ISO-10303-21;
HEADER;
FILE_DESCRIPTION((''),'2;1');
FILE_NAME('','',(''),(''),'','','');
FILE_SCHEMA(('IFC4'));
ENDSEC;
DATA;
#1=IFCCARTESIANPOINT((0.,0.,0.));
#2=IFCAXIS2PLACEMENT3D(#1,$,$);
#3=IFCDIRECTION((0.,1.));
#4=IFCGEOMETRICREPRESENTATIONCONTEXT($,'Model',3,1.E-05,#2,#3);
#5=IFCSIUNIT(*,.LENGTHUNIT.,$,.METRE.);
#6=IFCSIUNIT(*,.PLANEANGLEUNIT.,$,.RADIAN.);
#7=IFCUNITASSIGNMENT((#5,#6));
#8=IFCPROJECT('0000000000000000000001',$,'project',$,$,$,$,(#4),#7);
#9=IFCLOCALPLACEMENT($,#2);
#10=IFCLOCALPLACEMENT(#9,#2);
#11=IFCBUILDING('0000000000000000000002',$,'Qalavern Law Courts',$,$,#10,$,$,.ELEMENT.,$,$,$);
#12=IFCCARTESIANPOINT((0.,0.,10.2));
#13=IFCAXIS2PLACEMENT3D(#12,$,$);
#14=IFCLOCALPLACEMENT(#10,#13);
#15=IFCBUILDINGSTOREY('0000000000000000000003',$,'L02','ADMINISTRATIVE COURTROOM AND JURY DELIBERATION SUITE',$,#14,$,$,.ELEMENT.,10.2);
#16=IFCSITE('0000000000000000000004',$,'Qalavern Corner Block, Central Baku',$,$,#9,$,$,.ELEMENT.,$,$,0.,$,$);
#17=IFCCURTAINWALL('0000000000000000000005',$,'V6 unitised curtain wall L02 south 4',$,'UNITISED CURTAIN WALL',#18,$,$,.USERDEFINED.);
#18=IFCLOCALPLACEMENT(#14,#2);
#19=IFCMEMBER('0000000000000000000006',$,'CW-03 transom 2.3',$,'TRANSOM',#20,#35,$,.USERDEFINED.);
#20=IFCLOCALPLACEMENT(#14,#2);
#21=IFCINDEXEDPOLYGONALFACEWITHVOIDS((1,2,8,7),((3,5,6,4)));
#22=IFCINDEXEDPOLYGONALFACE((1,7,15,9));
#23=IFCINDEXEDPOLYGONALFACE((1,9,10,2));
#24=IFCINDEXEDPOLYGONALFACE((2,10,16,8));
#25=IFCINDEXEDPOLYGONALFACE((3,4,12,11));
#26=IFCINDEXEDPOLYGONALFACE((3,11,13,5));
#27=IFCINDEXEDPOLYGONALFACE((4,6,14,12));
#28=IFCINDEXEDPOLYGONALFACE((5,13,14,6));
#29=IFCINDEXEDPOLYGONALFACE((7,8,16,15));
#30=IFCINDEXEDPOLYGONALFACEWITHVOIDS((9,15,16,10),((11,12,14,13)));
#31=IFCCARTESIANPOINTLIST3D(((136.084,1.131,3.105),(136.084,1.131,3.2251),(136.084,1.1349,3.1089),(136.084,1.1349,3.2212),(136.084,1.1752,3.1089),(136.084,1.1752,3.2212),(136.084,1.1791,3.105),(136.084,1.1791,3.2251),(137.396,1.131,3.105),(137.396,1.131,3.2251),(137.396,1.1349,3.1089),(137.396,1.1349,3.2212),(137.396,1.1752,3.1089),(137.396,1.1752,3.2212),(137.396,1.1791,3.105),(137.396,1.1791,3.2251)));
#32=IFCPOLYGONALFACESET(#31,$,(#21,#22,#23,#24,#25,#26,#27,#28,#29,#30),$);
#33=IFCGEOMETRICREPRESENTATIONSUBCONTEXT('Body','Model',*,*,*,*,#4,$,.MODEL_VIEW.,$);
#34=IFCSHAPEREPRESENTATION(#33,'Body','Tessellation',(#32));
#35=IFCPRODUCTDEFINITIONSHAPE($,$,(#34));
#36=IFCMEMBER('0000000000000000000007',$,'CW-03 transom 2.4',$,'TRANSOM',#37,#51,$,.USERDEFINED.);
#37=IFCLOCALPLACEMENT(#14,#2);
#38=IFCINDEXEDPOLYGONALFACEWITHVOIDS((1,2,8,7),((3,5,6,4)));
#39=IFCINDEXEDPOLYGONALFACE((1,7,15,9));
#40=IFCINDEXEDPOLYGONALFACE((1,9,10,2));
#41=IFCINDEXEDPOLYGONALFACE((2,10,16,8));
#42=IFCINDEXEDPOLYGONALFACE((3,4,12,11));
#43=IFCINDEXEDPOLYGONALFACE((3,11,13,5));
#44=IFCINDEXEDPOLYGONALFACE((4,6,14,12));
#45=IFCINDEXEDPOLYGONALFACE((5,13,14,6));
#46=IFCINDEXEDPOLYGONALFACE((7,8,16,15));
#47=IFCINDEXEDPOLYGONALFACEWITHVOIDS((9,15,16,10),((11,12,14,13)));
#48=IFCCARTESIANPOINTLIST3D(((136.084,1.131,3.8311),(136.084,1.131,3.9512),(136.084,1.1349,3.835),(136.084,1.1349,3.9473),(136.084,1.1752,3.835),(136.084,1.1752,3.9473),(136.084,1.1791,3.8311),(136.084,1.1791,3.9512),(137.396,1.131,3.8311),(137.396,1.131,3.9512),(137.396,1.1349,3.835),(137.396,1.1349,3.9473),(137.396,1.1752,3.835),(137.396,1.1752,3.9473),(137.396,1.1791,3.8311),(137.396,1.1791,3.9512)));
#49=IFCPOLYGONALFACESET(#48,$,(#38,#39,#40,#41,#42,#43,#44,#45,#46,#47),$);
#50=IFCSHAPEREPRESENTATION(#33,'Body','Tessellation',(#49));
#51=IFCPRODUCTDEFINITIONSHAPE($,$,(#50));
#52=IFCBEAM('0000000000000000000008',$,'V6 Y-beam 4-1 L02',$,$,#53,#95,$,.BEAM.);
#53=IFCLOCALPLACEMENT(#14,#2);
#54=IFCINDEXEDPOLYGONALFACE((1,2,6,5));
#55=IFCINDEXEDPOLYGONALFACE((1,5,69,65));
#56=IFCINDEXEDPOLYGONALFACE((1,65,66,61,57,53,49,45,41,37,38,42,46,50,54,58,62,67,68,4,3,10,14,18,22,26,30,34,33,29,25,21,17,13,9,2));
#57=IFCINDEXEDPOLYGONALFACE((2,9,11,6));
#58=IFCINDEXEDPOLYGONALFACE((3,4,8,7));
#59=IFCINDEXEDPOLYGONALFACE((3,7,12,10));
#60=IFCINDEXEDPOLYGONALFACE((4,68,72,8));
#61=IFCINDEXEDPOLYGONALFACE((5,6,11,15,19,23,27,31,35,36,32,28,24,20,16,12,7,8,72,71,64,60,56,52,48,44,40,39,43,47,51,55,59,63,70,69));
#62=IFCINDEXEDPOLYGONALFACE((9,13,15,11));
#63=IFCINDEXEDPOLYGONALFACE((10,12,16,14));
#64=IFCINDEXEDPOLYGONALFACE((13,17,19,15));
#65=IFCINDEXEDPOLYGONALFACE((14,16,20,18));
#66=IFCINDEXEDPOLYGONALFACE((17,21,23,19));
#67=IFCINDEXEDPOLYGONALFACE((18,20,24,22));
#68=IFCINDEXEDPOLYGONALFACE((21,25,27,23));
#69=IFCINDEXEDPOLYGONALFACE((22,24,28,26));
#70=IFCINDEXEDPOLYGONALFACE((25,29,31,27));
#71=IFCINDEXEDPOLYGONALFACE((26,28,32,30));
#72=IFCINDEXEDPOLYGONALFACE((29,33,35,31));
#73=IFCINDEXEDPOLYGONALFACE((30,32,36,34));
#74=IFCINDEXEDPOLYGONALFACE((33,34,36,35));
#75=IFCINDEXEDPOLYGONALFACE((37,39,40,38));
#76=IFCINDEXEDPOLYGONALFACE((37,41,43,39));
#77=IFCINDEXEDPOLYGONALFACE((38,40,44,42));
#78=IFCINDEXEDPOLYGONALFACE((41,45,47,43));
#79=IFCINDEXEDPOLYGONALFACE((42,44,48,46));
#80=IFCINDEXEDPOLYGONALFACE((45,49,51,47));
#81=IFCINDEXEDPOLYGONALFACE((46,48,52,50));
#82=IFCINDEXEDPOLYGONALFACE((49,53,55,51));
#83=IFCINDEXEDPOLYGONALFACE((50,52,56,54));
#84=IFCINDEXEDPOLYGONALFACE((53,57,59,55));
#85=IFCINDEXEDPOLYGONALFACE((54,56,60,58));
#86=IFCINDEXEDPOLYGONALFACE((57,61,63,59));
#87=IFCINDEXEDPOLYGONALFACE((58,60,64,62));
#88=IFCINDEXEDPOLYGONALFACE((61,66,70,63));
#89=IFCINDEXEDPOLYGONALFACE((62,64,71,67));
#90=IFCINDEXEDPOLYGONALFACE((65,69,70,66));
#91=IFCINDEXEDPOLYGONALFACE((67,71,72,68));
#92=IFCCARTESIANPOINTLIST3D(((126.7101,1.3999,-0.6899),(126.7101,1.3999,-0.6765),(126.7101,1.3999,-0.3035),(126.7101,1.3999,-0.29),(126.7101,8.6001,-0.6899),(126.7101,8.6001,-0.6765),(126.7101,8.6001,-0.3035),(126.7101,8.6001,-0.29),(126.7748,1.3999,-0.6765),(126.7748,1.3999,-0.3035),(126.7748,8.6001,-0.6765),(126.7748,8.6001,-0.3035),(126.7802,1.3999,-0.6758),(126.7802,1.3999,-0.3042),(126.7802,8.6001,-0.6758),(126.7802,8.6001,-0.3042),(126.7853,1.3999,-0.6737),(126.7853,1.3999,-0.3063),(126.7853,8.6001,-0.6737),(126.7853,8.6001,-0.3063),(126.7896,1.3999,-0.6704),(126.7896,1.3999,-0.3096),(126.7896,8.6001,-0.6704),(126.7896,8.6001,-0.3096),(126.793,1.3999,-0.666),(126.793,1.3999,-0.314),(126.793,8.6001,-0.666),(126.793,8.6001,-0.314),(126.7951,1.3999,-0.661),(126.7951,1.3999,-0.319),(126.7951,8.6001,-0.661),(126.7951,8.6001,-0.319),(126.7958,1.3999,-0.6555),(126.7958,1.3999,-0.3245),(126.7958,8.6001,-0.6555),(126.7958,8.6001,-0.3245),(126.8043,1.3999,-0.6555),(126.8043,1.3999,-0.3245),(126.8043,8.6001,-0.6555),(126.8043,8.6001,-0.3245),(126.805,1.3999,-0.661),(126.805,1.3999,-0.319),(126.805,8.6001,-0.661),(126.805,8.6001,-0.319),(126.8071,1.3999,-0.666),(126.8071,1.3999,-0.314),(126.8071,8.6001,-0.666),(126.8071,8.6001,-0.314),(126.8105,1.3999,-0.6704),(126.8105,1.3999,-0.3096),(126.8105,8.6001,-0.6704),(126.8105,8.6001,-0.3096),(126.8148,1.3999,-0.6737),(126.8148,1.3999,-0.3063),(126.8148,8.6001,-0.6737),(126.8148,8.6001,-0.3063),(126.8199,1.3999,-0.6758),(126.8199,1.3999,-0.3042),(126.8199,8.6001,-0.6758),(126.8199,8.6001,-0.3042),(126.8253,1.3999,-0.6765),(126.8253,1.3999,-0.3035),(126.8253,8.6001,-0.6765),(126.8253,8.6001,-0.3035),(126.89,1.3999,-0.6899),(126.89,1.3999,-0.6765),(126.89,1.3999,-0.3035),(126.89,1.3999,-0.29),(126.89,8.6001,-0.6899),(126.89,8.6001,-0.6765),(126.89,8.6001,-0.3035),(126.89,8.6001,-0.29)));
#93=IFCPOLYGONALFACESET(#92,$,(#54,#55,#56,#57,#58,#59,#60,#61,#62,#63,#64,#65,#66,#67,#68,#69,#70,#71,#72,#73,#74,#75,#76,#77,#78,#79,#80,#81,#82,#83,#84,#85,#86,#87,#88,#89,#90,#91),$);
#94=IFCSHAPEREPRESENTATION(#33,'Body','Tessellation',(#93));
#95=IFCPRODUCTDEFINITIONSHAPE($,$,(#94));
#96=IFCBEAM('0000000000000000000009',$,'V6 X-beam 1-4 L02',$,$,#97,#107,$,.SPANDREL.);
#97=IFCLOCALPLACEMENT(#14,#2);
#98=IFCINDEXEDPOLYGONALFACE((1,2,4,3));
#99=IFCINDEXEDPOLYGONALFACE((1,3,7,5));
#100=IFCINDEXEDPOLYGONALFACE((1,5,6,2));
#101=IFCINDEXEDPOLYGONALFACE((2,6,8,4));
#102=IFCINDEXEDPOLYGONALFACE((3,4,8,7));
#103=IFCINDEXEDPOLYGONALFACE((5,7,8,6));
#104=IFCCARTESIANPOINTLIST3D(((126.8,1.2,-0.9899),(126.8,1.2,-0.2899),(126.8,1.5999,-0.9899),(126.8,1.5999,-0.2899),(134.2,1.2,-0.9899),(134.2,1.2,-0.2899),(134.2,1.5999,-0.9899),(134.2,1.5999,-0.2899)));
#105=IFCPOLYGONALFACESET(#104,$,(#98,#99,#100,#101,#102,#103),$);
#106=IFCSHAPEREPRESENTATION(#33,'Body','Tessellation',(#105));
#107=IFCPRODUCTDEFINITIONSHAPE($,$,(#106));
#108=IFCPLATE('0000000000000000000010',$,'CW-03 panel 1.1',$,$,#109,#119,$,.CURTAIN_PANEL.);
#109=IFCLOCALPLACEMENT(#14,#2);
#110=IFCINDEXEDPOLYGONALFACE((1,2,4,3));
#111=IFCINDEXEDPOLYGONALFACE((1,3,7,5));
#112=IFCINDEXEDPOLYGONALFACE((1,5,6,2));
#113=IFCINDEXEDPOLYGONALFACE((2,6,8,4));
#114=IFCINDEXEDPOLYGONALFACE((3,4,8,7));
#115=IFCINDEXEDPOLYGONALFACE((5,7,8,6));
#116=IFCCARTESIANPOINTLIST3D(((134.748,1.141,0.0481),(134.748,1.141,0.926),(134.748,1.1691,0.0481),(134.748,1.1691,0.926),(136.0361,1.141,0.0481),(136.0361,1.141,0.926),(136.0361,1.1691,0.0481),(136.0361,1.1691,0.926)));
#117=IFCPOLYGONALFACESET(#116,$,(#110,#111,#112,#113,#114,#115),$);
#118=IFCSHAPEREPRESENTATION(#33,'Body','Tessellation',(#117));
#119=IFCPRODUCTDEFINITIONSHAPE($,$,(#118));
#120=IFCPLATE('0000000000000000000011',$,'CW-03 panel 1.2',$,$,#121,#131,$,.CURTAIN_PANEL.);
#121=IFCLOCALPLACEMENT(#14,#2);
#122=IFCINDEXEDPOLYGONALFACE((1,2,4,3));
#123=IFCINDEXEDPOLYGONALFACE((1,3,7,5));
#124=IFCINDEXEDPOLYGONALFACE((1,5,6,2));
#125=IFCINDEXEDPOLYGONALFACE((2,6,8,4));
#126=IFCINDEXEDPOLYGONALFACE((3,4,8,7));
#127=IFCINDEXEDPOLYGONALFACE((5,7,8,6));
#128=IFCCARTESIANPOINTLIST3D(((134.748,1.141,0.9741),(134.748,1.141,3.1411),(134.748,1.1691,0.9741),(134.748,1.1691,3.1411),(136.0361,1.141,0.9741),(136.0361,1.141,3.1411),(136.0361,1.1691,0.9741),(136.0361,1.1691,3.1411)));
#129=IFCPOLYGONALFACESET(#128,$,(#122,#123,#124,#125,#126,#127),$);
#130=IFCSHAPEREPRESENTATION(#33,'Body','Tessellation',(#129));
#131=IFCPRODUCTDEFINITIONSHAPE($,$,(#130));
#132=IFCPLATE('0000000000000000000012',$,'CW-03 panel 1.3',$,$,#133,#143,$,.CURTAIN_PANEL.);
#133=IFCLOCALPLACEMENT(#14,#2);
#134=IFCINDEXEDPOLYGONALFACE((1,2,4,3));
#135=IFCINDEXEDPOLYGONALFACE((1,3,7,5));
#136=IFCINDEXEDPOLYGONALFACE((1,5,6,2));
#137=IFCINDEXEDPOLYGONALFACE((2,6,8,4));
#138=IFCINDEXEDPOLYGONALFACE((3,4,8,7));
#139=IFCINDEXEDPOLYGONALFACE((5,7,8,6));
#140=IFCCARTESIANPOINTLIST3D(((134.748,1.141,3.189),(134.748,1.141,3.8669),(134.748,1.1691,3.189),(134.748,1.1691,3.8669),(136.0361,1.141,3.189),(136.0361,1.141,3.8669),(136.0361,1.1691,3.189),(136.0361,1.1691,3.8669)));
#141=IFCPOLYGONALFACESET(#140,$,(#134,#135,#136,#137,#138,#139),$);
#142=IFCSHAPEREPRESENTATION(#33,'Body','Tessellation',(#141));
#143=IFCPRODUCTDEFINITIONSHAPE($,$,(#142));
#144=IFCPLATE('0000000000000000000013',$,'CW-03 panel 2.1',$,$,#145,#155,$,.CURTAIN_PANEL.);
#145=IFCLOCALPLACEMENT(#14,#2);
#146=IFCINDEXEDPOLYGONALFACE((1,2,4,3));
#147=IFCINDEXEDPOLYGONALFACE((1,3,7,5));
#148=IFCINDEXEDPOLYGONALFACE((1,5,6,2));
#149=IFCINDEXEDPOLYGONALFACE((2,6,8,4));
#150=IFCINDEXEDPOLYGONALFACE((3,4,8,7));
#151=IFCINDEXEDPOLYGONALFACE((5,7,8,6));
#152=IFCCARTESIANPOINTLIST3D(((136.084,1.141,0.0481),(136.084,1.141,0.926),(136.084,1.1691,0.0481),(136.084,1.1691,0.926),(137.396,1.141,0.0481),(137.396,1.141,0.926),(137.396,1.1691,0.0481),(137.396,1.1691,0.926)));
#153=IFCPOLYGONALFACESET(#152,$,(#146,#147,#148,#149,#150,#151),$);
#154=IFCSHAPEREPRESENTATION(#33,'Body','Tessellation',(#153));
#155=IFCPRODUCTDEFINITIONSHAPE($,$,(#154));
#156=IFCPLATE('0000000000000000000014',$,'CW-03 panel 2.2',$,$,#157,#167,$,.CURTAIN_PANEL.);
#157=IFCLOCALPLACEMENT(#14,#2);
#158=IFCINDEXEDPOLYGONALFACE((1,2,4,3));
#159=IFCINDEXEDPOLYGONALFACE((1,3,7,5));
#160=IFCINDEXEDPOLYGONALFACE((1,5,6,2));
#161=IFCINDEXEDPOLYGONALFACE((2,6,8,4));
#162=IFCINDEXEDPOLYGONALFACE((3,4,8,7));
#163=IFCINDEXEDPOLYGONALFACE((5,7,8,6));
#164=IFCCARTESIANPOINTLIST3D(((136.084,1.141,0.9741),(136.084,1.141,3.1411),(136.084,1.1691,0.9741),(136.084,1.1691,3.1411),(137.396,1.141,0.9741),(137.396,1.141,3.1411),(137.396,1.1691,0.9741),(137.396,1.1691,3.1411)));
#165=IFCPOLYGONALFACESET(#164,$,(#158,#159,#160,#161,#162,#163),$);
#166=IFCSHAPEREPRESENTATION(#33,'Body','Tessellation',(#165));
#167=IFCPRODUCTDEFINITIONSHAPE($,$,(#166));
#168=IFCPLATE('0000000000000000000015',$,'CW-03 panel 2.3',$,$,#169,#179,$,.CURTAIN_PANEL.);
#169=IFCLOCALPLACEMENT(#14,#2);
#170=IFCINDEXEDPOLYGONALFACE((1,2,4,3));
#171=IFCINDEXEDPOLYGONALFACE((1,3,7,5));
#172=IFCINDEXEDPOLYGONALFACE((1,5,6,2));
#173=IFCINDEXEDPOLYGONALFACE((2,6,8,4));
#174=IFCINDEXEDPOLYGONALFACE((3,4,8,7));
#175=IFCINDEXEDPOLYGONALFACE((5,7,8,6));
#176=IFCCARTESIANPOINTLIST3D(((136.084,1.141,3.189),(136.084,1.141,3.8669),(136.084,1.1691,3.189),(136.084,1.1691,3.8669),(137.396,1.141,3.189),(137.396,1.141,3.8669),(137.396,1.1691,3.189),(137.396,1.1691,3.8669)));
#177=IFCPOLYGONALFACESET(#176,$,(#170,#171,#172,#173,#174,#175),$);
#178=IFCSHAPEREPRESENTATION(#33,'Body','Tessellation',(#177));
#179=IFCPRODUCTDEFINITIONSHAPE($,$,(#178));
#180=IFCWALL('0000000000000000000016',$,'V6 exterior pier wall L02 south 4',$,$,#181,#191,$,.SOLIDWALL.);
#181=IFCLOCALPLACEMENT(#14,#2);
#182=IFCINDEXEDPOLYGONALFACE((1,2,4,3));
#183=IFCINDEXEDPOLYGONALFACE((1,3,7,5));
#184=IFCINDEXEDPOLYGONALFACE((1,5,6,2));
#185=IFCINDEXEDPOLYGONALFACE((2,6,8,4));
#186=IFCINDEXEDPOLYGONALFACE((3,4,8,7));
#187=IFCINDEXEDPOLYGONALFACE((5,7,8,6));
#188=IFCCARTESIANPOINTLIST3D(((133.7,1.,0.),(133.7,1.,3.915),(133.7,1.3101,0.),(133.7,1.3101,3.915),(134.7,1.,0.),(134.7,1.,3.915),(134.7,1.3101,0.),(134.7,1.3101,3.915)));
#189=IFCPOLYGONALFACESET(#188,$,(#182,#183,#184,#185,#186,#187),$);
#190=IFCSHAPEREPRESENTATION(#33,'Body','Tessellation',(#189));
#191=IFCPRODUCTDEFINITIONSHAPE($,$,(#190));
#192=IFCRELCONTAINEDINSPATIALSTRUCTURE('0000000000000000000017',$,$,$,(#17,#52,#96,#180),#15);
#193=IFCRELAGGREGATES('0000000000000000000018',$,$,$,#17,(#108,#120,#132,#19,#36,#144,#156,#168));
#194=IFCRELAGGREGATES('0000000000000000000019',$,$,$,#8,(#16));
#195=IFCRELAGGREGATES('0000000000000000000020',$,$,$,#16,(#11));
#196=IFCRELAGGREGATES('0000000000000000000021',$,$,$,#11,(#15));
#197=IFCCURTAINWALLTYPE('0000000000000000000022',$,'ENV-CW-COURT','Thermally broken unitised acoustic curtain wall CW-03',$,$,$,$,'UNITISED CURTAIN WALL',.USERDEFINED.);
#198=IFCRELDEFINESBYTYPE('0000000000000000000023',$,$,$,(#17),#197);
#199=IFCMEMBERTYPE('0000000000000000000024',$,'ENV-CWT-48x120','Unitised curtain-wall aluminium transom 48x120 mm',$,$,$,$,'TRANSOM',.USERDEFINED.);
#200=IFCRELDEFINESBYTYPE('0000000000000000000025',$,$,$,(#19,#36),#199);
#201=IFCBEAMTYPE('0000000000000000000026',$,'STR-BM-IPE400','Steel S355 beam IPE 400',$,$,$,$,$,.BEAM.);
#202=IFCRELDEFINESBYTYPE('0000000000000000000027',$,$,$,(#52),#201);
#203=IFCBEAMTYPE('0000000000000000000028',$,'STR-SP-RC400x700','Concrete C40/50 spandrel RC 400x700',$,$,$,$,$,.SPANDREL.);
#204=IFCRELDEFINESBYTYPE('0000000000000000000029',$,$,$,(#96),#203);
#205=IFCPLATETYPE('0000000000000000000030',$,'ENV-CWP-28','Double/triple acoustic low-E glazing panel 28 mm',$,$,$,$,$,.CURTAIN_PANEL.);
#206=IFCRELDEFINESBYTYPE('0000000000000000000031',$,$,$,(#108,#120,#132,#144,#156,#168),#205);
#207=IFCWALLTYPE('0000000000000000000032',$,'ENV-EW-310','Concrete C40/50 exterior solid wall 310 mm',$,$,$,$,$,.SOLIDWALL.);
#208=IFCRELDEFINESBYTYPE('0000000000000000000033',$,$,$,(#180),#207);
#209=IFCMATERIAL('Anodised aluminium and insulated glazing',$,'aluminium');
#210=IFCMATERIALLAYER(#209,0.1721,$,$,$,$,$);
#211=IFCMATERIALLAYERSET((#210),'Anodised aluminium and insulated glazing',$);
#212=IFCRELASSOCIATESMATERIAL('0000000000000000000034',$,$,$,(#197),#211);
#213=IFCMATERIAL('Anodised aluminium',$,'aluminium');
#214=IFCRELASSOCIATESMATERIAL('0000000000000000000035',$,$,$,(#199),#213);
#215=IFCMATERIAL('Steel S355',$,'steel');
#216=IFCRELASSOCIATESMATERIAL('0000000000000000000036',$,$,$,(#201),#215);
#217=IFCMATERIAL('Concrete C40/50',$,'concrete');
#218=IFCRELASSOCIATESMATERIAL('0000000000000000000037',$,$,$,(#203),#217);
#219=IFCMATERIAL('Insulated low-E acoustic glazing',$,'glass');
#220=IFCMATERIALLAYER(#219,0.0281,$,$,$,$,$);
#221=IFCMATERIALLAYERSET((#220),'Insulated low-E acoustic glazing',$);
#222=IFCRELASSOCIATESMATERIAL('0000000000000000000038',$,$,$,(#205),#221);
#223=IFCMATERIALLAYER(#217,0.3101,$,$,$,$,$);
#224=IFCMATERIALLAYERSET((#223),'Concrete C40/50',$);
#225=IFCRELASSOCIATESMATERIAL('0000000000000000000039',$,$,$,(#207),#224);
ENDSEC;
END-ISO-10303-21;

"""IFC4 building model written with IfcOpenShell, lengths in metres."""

from ifc_helpers import new_model, si_unit, direction, frame, frame_2d, origin, origin_2d, place, context, subcontext, project, spatial, rectangle, hollow_rectangle, i_section, extrude, material, layer, layer_set, material_profile, profile_set, type_object, element, aggregate, save


model = new_model("IFC4")

# Units and contexts
model_context = context("Model", 3, precision=1e-05, world=origin(), true_north=direction((0.0, 1.0)))
body_context = subcontext(model_context, "Body", "Model", "MODEL_VIEW")
ifc_project = project(units=[si_unit("LENGTHUNIT", "METRE"), si_unit("PLANEANGLEUNIT", "RADIAN")], contexts=[model_context])

# Site, building, storey
site_placement = place(None, origin())
site = spatial("IfcSite", under=ifc_project, at=site_placement, Name="Qalavern Corner Block, Central Baku", CompositionType="ELEMENT", RefElevation=0.0)
building_placement = place(site_placement, origin())
building = spatial("IfcBuilding", under=site, at=building_placement, Name="Qalavern Law Courts", CompositionType="ELEMENT")
storey_placement = place(building_placement, frame((0.0, 0.0, 10.2)))
storey = spatial("IfcBuildingStorey", under=building, at=storey_placement, Name="L02", Description="ADMINISTRATIVE COURTROOM AND JURY DELIBERATION SUITE", CompositionType="ELEMENT", Elevation=10.2)

# Shared definitions
ifc_material_1 = material(Name="Anodised aluminium and insulated glazing", Category="aluminium")
ifc_layer_1 = layer(ifc_material_1, 0.1721)
ifc_layer_set_1 = layer_set([ifc_layer_1], Name="Anodised aluminium and insulated glazing")
curtain_wall_type = type_object("IfcCurtainWallType", Name="ENV-CW-COURT", Description="Thermally broken unitised acoustic curtain wall CW-03", ElementType="UNITISED CURTAIN WALL", PredefinedType="USERDEFINED", material=ifc_layer_set_1)
ifc_material_2 = material(Name="Anodised aluminium", Category="aluminium")

# Curtain wall, members
curtain_wall_1_placement = place(storey_placement, origin())
curtain_wall_1 = element("IfcCurtainWall", 1, at=curtain_wall_1_placement, inside=storey, type_object=curtain_wall_type, Name="V6 unitised curtain wall L02 south 4", ObjectType="UNITISED CURTAIN WALL", PredefinedType="USERDEFINED")
ifc_material_profile_1 = material_profile(ifc_material_2, hollow_rectangle(XDim=0.0481, YDim=0.1201, WallThickness=0.0039, at=origin_2d()), Name="ALU TRANSOM 48x120")
ifc_profile_set_1 = profile_set([ifc_material_profile_1], Name="Anodised aluminium")
member_type_1 = type_object("IfcMemberType", Name="ENV-CWT-48x120", Description="Unitised curtain-wall aluminium transom 48x120 mm", ElementType="TRANSOM", PredefinedType="USERDEFINED", material=ifc_profile_set_1)
member_1_placement = place(storey_placement, frame((136.084, 1.155, 3.165), z_axis=(1.0, 0.0, 0.0), x_axis=(0.0, 1.0, 0.0)))
member_1 = element("IfcMember", 2, at=member_1_placement, type_object=member_type_1, Name="CW-03 transom 2.3", ObjectType="TRANSOM", PredefinedType="USERDEFINED", context=body_context, shape_type="SweptSolid", body=[
    extrude(hollow_rectangle(XDim=0.0481, YDim=0.1201, WallThickness=0.0039, at=origin_2d()), origin(), (0.0, 0.0, 1.0), 1.312),
])
member_2_placement = place(storey_placement, frame((136.084, 1.155, 3.8911), z_axis=(1.0, 0.0, 0.0), x_axis=(0.0, 1.0, 0.0)))
member_2 = element("IfcMember", 3, at=member_2_placement, type_object=member_type_1, Name="CW-03 transom 2.4", ObjectType="TRANSOM", PredefinedType="USERDEFINED", context=body_context, shape_type="SweptSolid", body=[
    extrude(hollow_rectangle(XDim=0.0481, YDim=0.1201, WallThickness=0.0039, at=origin_2d()), origin(), (0.0, 0.0, 1.0), 1.312),
])

# Beams
ifc_material_3 = material(Name="Steel S355", Category="steel")
ifc_material_profile_2 = material_profile(ifc_material_3, i_section(OverallWidth=0.1799, OverallDepth=0.3999, WebThickness=0.0085, FlangeThickness=0.0134, FilletRadius=0.021, at=origin_2d()), Name="IPE 400")
ifc_profile_set_2 = profile_set([ifc_material_profile_2], Name="Steel S355")
beam_type_1 = type_object("IfcBeamType", Name="STR-BM-IPE400", Description="Steel S355 beam IPE 400", PredefinedType="BEAM", material=ifc_profile_set_2)
beam_1_placement = place(storey_placement, frame((126.8, 1.3999, -0.49), z_axis=(0.0, 1.0, 0.0), x_axis=(-1.0, 0.0, 0.0)))
element("IfcBeam", 4, at=beam_1_placement, inside=storey, type_object=beam_type_1, Name="V6 Y-beam 4-1 L02", PredefinedType="BEAM", context=body_context, shape_type="SweptSolid", body=[
    extrude(i_section(OverallWidth=0.1799, OverallDepth=0.3999, WebThickness=0.0085, FlangeThickness=0.0134, FilletRadius=0.021, at=origin_2d()), origin(), (0.0, 0.0, 1.0), 7.2002),
])
ifc_material_4 = material(Name="Concrete C40/50", Category="concrete")
ifc_material_profile_3 = material_profile(ifc_material_4, rectangle(XDim=0.3999, YDim=0.7, at=origin_2d()), Name="RC 400x700")
ifc_profile_set_3 = profile_set([ifc_material_profile_3], Name="Concrete C40/50")
beam_type_2 = type_object("IfcBeamType", Name="STR-SP-RC400x700", Description="Concrete C40/50 spandrel RC 400x700", PredefinedType="SPANDREL", material=ifc_profile_set_3)
beam_2_placement = place(storey_placement, frame((126.8, 1.3999, -0.6399), z_axis=(1.0, 0.0, 0.0), x_axis=(0.0, 1.0, 0.0)))
element("IfcBeam", 5, at=beam_2_placement, inside=storey, type_object=beam_type_2, Name="V6 X-beam 1-4 L02", PredefinedType="SPANDREL", context=body_context, shape_type="SweptSolid", body=[
    extrude(rectangle(XDim=0.3999, YDim=0.7, at=origin_2d()), origin(), (0.0, 0.0, 1.0), 7.3999),
])

# Plates
ifc_material_5 = material(Name="Insulated low-E acoustic glazing", Category="glass")
ifc_layer_2 = layer(ifc_material_5, 0.0281)
ifc_layer_set_2 = layer_set([ifc_layer_2], Name="Insulated low-E acoustic glazing")
plate_type = type_object("IfcPlateType", Name="ENV-CWP-28", Description="Double/triple acoustic low-E glazing panel 28 mm", PredefinedType="CURTAIN_PANEL", material=ifc_layer_set_2)
plate_1_placement = place(storey_placement, frame((135.3921, 1.155, 0.0481), z_axis=(0.0, 0.0, 1.0), x_axis=(1.0, 0.0, 0.0)))
plate_1 = element("IfcPlate", 6, at=plate_1_placement, type_object=plate_type, Name="CW-03 panel 1.1", PredefinedType="CURTAIN_PANEL", context=body_context, shape_type="SweptSolid", body=[
    extrude(rectangle(XDim=1.2881, YDim=0.0281, at=origin_2d()), origin(), (0.0, 0.0, 1.0), 0.8779),
])
plate_2_placement = place(storey_placement, frame((135.3921, 1.155, 0.9741), z_axis=(0.0, 0.0, 1.0), x_axis=(1.0, 0.0, 0.0)))
plate_2 = element("IfcPlate", 7, at=plate_2_placement, type_object=plate_type, Name="CW-03 panel 1.2", PredefinedType="CURTAIN_PANEL", context=body_context, shape_type="SweptSolid", body=[
    extrude(rectangle(XDim=1.2881, YDim=0.0281, at=origin_2d()), origin(), (0.0, 0.0, 1.0), 2.167),
])
plate_3_placement = place(storey_placement, frame((135.3921, 1.155, 3.189), z_axis=(0.0, 0.0, 1.0), x_axis=(1.0, 0.0, 0.0)))
plate_3 = element("IfcPlate", 8, at=plate_3_placement, type_object=plate_type, Name="CW-03 panel 1.3", PredefinedType="CURTAIN_PANEL", context=body_context, shape_type="SweptSolid", body=[
    extrude(rectangle(XDim=1.2881, YDim=0.0281, at=origin_2d()), origin(), (0.0, 0.0, 1.0), 0.678),
])
plate_4_placement = place(storey_placement, frame((136.74, 1.155, 0.0481), z_axis=(0.0, 0.0, 1.0), x_axis=(1.0, 0.0, 0.0)))
plate_4 = element("IfcPlate", 9, at=plate_4_placement, type_object=plate_type, Name="CW-03 panel 2.1", PredefinedType="CURTAIN_PANEL", context=body_context, shape_type="SweptSolid", body=[
    extrude(rectangle(XDim=1.312, YDim=0.0281, at=origin_2d()), origin(), (0.0, 0.0, 1.0), 0.8779),
])
plate_5_placement = place(storey_placement, frame((136.74, 1.155, 0.9741), z_axis=(0.0, 0.0, 1.0), x_axis=(1.0, 0.0, 0.0)))
plate_5 = element("IfcPlate", 10, at=plate_5_placement, type_object=plate_type, Name="CW-03 panel 2.2", PredefinedType="CURTAIN_PANEL", context=body_context, shape_type="SweptSolid", body=[
    extrude(rectangle(XDim=1.312, YDim=0.0281, at=origin_2d()), origin(), (0.0, 0.0, 1.0), 2.167),
])
plate_6_placement = place(storey_placement, frame((136.74, 1.155, 3.189), z_axis=(0.0, 0.0, 1.0), x_axis=(1.0, 0.0, 0.0)))
plate_6 = element("IfcPlate", 11, at=plate_6_placement, type_object=plate_type, Name="CW-03 panel 2.3", PredefinedType="CURTAIN_PANEL", context=body_context, shape_type="SweptSolid", body=[
    extrude(rectangle(XDim=1.312, YDim=0.0281, at=origin_2d()), origin(), (0.0, 0.0, 1.0), 0.678),
])
aggregate(curtain_wall_1, [plate_1, plate_2, plate_3, member_1, member_2, plate_4, plate_5, plate_6])

# Wall
ifc_layer_3 = layer(ifc_material_4, 0.3101)
ifc_layer_set_3 = layer_set([ifc_layer_3], Name="Concrete C40/50")
wall_type = type_object("IfcWallType", Name="ENV-EW-310", Description="Concrete C40/50 exterior solid wall 310 mm", PredefinedType="SOLIDWALL", material=ifc_layer_set_3)
wall_placement = place(storey_placement, frame((133.7, 1.155, 0.0), z_axis=(0.0, 0.0, 1.0), x_axis=(1.0, 0.0, 0.0)))
element("IfcWall", 12, at=wall_placement, inside=storey, type_object=wall_type, Name="V6 exterior pier wall L02 south 4", PredefinedType="SOLIDWALL", context=body_context, shape_type="SweptSolid", body=[
    extrude(rectangle(XDim=1.0, YDim=0.3101, at=frame_2d((0.5, 0.0))), origin(), (0.0, 0.0, 1.0), 3.915),
])

save(model, "model.ifc")
